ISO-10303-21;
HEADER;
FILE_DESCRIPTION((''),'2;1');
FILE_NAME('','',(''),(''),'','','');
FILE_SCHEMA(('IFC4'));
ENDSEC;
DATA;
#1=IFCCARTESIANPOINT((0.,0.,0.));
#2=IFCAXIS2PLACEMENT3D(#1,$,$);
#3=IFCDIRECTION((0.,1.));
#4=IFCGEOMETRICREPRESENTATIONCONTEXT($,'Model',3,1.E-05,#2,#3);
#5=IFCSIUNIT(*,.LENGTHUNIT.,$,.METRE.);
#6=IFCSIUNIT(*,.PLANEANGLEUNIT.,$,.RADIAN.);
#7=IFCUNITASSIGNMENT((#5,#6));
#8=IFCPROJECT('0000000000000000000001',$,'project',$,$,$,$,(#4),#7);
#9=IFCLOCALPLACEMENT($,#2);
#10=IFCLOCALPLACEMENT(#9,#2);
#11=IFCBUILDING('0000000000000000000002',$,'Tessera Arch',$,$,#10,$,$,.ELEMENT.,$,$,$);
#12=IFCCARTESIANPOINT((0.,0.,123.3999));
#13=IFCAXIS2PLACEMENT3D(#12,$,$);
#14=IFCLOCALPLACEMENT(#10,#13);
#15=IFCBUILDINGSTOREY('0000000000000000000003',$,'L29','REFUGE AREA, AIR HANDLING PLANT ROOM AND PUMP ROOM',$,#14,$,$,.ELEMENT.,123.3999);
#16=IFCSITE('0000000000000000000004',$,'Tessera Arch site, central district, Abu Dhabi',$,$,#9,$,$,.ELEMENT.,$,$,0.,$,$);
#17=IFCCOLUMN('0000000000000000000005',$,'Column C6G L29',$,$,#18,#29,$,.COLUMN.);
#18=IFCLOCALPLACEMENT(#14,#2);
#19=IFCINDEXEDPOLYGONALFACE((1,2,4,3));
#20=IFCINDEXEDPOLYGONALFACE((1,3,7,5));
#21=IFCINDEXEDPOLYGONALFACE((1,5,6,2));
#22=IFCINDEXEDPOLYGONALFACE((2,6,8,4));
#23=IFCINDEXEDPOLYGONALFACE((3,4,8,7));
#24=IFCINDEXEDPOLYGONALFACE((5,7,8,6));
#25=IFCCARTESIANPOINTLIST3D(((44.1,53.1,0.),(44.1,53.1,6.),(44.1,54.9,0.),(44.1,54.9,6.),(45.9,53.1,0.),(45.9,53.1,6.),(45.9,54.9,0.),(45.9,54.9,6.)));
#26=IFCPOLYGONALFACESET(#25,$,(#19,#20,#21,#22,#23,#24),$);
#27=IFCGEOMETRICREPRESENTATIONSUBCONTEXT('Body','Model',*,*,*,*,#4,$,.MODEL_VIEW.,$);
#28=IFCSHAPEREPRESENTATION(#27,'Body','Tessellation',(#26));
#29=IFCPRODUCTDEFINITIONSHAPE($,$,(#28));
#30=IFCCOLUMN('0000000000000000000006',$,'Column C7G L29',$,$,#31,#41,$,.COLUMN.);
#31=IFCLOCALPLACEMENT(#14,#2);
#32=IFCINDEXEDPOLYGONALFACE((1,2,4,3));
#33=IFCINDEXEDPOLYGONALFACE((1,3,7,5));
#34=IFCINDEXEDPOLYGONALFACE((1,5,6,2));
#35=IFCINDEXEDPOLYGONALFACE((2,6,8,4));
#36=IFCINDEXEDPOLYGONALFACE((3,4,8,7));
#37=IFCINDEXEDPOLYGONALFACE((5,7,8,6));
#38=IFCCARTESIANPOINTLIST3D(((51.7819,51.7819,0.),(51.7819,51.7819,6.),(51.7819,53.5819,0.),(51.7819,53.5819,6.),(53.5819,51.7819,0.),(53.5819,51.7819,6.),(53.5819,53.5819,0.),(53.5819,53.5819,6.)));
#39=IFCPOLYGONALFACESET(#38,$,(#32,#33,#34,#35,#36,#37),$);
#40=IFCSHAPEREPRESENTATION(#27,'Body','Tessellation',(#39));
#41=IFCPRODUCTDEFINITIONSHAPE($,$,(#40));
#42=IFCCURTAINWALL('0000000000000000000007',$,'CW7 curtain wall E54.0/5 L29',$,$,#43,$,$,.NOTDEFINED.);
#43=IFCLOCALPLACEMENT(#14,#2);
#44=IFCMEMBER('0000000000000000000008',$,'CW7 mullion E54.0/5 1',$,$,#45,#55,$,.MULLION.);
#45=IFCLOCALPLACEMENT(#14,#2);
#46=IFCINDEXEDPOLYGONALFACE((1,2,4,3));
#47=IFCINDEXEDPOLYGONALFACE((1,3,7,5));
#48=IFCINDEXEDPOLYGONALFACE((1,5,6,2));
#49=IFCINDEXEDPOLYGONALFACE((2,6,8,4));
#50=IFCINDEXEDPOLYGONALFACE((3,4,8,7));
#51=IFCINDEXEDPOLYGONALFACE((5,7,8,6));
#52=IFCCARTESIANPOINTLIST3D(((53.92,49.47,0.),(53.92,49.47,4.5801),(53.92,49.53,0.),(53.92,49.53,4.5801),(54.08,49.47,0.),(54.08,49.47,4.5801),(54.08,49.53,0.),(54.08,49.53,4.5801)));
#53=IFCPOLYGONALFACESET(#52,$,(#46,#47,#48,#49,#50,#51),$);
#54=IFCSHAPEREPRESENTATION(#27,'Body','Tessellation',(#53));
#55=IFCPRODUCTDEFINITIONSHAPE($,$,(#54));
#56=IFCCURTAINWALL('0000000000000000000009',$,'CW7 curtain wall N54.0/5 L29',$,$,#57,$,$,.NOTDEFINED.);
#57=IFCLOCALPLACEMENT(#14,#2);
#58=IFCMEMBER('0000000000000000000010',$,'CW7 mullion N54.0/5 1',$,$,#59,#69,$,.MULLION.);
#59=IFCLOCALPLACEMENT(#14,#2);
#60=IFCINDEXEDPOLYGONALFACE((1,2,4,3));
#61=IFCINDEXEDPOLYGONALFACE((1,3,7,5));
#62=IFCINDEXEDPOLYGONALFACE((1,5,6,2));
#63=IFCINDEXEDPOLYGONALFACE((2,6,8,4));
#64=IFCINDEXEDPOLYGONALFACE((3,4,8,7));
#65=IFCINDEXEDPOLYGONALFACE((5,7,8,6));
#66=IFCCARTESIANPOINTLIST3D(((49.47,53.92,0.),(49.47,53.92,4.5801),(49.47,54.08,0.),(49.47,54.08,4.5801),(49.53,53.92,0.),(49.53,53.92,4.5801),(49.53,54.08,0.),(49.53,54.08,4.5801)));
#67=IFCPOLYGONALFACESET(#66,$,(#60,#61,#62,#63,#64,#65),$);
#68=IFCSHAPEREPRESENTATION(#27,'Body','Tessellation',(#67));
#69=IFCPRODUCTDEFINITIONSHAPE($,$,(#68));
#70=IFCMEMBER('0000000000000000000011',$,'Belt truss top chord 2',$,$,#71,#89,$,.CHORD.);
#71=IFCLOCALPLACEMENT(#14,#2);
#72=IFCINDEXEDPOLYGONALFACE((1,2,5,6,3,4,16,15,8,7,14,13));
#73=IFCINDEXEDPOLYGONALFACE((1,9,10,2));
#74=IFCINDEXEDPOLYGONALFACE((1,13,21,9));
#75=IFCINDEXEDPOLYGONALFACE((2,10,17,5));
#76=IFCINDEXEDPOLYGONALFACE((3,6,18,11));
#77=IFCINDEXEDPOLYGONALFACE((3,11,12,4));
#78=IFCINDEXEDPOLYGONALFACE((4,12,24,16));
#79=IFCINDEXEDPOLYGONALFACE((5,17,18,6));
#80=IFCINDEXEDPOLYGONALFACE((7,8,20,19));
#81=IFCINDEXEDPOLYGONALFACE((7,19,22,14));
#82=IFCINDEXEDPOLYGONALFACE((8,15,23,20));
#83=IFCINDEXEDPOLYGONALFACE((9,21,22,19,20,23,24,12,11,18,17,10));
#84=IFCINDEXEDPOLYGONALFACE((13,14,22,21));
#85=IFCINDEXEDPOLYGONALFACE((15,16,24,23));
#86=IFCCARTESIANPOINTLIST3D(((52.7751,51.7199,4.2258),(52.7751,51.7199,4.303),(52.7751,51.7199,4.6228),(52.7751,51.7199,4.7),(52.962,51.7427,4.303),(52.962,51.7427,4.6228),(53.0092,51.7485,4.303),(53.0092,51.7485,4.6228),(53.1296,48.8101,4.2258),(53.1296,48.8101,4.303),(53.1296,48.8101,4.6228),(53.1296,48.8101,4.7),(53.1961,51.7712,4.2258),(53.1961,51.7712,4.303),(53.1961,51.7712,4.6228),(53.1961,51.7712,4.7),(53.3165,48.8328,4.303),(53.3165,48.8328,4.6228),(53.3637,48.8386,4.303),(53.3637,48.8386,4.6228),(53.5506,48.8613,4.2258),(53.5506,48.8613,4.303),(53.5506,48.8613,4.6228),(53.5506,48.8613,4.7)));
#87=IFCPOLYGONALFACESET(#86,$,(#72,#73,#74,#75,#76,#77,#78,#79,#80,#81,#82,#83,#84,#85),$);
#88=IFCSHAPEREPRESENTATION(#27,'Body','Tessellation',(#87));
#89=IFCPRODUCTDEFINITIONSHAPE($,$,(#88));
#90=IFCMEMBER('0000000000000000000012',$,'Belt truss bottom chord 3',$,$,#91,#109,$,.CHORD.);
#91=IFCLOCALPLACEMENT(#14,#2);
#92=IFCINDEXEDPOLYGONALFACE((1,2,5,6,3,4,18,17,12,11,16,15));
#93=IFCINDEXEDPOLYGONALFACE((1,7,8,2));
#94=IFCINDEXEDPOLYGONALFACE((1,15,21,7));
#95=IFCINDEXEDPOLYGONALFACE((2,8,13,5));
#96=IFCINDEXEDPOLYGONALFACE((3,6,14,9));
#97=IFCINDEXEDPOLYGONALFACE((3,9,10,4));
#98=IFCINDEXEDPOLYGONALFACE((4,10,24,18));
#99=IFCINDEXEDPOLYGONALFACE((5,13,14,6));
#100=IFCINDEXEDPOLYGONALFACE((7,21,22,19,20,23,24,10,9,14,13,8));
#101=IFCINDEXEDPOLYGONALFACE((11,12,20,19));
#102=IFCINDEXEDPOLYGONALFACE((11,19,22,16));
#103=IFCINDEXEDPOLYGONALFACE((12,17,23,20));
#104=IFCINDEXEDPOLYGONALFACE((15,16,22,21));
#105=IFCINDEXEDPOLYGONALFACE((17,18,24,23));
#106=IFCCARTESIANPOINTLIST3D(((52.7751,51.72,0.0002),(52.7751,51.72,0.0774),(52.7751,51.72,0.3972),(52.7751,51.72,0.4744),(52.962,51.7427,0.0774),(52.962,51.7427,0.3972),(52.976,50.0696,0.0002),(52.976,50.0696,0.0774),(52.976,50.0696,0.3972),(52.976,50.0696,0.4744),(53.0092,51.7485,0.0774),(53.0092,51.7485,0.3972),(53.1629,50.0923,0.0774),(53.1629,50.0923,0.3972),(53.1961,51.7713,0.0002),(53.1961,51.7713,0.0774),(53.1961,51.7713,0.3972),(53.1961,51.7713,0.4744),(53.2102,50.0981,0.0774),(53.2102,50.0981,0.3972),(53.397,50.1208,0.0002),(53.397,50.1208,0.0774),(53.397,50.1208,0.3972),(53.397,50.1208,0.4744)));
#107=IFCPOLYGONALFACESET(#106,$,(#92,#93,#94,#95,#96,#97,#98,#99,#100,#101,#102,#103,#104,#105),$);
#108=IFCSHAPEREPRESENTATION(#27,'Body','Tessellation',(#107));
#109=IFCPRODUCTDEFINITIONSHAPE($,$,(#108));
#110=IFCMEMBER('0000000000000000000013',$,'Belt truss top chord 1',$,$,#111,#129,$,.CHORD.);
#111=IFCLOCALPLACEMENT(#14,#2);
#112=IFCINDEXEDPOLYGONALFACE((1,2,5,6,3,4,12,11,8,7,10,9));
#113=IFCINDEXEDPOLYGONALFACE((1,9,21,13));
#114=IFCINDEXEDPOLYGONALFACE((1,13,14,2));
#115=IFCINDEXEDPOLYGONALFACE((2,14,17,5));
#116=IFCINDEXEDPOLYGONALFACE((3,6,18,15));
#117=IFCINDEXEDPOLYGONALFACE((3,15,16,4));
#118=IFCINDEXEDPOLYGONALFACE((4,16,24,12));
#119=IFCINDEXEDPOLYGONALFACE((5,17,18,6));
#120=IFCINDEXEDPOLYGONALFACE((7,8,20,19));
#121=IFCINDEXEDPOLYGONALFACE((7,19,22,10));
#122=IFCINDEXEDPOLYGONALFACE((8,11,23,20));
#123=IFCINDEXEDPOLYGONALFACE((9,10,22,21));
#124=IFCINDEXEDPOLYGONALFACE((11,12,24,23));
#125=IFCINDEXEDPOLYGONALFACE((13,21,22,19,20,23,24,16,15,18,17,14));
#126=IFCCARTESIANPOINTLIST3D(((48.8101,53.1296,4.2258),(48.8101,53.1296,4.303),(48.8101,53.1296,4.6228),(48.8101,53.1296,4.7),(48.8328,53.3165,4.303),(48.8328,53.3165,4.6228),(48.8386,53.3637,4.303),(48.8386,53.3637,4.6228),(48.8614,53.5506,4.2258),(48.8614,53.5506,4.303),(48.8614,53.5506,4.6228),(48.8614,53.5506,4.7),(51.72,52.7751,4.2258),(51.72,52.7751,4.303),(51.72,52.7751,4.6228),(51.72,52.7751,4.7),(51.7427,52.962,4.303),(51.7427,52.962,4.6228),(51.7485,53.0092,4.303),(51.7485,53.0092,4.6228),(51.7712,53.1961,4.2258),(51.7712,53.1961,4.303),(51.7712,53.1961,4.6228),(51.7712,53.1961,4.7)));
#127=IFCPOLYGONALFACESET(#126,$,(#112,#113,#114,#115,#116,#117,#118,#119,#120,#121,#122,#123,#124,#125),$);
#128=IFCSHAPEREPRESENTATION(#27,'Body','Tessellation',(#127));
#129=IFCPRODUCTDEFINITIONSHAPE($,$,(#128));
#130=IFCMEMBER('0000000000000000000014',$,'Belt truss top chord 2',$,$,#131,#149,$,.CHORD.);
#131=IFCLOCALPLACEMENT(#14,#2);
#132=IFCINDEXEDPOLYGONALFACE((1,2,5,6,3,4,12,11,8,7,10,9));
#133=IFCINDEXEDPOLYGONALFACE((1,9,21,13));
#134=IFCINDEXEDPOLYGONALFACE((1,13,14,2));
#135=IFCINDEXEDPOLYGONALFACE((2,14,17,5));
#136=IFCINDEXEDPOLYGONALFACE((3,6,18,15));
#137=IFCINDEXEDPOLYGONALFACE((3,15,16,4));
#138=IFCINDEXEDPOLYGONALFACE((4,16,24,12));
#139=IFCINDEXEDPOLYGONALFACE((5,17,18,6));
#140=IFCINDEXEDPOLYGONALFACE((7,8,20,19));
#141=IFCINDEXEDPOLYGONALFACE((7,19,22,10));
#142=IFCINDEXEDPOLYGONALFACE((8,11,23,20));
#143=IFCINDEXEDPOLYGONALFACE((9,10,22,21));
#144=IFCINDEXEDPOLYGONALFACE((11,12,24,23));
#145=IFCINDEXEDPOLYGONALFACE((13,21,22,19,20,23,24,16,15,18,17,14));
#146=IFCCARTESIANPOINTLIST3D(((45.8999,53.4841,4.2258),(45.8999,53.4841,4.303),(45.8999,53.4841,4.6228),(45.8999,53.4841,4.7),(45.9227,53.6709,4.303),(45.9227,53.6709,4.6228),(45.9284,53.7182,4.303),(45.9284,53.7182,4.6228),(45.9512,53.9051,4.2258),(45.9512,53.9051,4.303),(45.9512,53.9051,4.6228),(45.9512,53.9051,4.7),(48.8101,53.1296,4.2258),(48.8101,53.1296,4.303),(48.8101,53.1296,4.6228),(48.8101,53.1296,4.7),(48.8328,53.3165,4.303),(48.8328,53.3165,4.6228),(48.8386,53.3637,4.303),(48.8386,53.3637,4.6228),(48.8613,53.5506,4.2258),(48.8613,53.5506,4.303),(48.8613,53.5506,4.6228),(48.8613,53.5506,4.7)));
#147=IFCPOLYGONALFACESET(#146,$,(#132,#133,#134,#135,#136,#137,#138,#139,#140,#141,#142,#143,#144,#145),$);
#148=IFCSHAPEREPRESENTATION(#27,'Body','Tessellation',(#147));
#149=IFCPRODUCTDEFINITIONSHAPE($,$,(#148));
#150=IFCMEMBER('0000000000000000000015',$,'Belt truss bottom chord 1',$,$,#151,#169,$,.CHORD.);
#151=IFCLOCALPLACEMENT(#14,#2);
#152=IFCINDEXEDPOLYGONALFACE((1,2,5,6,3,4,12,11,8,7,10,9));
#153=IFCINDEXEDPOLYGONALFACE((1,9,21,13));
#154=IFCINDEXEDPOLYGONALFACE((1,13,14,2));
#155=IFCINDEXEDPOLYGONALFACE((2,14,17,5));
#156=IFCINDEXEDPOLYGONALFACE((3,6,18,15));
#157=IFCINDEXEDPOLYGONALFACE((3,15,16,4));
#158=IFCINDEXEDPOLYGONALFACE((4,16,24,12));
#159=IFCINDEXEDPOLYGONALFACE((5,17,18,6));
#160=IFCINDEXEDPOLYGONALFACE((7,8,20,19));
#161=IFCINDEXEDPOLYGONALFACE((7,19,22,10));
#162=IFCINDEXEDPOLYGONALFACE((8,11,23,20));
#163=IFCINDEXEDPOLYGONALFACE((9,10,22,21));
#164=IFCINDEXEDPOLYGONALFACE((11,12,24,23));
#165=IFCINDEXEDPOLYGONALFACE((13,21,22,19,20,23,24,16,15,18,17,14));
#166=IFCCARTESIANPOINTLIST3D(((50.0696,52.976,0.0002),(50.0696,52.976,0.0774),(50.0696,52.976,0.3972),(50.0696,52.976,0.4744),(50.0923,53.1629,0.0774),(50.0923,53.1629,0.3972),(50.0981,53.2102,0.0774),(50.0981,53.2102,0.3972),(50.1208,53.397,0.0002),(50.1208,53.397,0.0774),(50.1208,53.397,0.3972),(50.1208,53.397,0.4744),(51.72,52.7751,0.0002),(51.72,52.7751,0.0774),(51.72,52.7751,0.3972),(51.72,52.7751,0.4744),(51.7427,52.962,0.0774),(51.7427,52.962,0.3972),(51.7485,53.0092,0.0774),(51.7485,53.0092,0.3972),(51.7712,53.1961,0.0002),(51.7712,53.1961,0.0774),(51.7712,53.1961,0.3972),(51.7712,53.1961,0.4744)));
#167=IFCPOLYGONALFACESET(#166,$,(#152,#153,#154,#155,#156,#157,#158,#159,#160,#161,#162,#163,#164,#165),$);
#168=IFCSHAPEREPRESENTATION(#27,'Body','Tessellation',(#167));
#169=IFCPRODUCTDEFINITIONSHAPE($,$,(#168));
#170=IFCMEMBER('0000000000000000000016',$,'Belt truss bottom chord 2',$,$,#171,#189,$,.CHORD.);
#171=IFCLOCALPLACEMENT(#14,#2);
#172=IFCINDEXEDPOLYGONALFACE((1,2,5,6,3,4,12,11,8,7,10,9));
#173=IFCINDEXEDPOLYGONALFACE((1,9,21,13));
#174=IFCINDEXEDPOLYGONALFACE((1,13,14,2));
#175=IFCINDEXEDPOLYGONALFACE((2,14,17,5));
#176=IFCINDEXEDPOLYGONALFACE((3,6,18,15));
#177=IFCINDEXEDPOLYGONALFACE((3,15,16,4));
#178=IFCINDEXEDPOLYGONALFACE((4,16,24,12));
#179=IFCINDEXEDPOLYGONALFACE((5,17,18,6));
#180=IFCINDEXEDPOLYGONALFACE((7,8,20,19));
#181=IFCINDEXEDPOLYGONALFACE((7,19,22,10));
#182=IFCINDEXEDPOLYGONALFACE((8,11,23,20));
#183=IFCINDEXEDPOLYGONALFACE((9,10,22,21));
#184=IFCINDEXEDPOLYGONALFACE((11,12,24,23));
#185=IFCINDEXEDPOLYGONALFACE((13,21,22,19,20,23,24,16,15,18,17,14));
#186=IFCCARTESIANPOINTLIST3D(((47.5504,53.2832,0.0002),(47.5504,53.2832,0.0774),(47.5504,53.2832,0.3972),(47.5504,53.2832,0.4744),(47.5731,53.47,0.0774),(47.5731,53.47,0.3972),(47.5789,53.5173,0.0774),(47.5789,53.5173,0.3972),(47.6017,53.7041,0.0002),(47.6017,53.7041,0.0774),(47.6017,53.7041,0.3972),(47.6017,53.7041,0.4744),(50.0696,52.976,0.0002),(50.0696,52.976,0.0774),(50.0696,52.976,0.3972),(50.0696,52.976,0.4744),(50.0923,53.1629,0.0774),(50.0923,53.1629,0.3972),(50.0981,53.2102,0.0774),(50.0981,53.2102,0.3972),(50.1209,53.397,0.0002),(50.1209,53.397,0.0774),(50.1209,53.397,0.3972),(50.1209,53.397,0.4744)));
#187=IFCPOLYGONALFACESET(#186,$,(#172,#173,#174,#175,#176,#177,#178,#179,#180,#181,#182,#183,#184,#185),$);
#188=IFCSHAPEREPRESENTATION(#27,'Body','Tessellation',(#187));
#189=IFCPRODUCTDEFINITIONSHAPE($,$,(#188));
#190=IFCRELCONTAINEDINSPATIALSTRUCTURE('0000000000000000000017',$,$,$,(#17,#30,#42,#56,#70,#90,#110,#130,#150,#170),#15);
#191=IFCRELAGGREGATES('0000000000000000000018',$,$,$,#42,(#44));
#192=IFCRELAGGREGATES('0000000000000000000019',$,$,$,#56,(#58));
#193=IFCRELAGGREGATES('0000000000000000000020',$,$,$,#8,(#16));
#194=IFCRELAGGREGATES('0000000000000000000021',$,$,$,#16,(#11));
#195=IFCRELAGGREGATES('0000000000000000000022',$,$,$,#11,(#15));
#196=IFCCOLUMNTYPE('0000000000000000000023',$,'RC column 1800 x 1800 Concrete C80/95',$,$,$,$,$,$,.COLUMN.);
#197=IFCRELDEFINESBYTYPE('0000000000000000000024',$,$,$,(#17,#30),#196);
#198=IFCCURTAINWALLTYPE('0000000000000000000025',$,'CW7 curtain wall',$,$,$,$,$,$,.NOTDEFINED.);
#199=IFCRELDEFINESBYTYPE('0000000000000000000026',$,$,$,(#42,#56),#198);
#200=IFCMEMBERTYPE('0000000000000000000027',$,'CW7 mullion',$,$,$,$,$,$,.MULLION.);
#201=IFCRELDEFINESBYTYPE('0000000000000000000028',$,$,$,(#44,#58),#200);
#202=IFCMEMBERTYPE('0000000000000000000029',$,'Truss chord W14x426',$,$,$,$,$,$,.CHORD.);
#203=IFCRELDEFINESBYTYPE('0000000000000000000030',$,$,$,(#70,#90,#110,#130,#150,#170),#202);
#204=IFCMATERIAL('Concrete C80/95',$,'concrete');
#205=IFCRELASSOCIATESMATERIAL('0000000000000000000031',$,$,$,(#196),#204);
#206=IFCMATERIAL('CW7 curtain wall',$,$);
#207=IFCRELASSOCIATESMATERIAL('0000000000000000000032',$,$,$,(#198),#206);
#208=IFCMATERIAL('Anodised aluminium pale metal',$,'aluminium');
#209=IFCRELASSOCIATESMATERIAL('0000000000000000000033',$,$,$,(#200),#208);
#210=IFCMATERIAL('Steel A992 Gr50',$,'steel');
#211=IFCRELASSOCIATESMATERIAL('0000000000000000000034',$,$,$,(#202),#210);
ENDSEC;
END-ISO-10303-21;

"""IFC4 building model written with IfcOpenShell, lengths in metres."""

from ifc_helpers import new_model, si_unit, direction, frame, origin, origin_2d, place, context, subcontext, project, spatial, rectangle, i_section, extrude, material, material_profile, profile_set, type_object, element, aggregate, save


model = new_model("IFC4")

# Units and contexts
model_context = context("Model", 3, precision=1e-05, world=origin(), true_north=direction((0.0, 1.0)))
body_context = subcontext(model_context, "Body", "Model", "MODEL_VIEW")
ifc_project = project(units=[si_unit("LENGTHUNIT", "METRE"), si_unit("PLANEANGLEUNIT", "RADIAN")], contexts=[model_context])

# Site, building, storey
site_placement = place(None, origin())
site = spatial("IfcSite", under=ifc_project, at=site_placement, Name="Tessera Arch site, central district, Abu Dhabi", CompositionType="ELEMENT", RefElevation=0.0)
building_placement = place(site_placement, origin())
building = spatial("IfcBuilding", under=site, at=building_placement, Name="Tessera Arch", CompositionType="ELEMENT")
storey_placement = place(building_placement, frame((0.0, 0.0, 123.3999)))
storey = spatial("IfcBuildingStorey", under=building, at=storey_placement, Name="L29", Description="REFUGE AREA, AIR HANDLING PLANT ROOM AND PUMP ROOM", CompositionType="ELEMENT", Elevation=123.3999)

# Columns
ifc_material_1 = material(Name="Concrete C80/95", Category="concrete")
ifc_material_profile_1 = material_profile(ifc_material_1, rectangle(XDim=1.8, YDim=1.8, at=origin_2d()), Name="RC column 1800 x 1800 Concrete C80/95")
ifc_profile_set_1 = profile_set([ifc_material_profile_1], Name="Concrete C80/95")
column_type = type_object("IfcColumnType", Name="RC column 1800 x 1800 Concrete C80/95", PredefinedType="COLUMN", material=ifc_profile_set_1)
for number, where, z_axis, x_axis, name in (
    (1, (45.0, 54.0, 0.0), (0.0, 0.0, 1.0), (1.0, 0.0, 0.0), "Column C6G L29"),
    (2, (52.6819, 52.6819, 0.0), (0.0, 0.0, 1.0), (1.0, 0.0, 0.0), "Column C7G L29"),
):
    element("IfcColumn", number, at=place(storey_placement, frame(where, z_axis=z_axis, x_axis=x_axis)), inside=storey, type_object=column_type, Name=name, PredefinedType="COLUMN", context=body_context, shape_type="SweptSolid", body=[
        extrude(rectangle(XDim=1.8, YDim=1.8, at=origin_2d()), origin(), (0.0, 0.0, 1.0), 6.0),
    ])

# Curtain walls, members
ifc_material_2 = material(Name="CW7 curtain wall")
curtain_wall_type = type_object("IfcCurtainWallType", Name="CW7 curtain wall", PredefinedType="NOTDEFINED", material=ifc_material_2)
curtain_wall_1_placement = place(storey_placement, origin())
curtain_wall_1 = element("IfcCurtainWall", 3, at=curtain_wall_1_placement, inside=storey, type_object=curtain_wall_type, Name="CW7 curtain wall E54.0/5 L29", PredefinedType="NOTDEFINED")
ifc_material_3 = material(Name="Anodised aluminium pale metal", Category="aluminium")
ifc_material_profile_2 = material_profile(ifc_material_3, rectangle(XDim=0.1599, YDim=0.0601, at=origin_2d()), Name="AL 60x160")
ifc_profile_set_2 = profile_set([ifc_material_profile_2], Name="Anodised aluminium pale metal")
member_type_1 = type_object("IfcMemberType", Name="CW7 mullion", PredefinedType="MULLION", material=ifc_profile_set_2)
member_1_placement = place(storey_placement, frame((54.0, 49.5, 0.0), z_axis=(0.0, 0.0, 1.0), x_axis=(-1.0, 0.0, 0.0)))
member_1 = element("IfcMember", 4, at=member_1_placement, type_object=member_type_1, Name="CW7 mullion E54.0/5 1", PredefinedType="MULLION", context=body_context, shape_type="SweptSolid", body=[
    extrude(rectangle(XDim=0.1599, YDim=0.0601, at=origin_2d()), origin(), (0.0, 0.0, 1.0), 4.5801),
])
aggregate(curtain_wall_1, [member_1])
curtain_wall_2_placement = place(storey_placement, origin())
curtain_wall_2 = element("IfcCurtainWall", 5, at=curtain_wall_2_placement, inside=storey, type_object=curtain_wall_type, Name="CW7 curtain wall N54.0/5 L29", PredefinedType="NOTDEFINED")
member_2_placement = place(storey_placement, frame((49.5, 54.0, 0.0), z_axis=(0.0, 0.0, 1.0), x_axis=(0.0, -1.0, 0.0)))
member_2 = element("IfcMember", 6, at=member_2_placement, type_object=member_type_1, Name="CW7 mullion N54.0/5 1", PredefinedType="MULLION", context=body_context, shape_type="SweptSolid", body=[
    extrude(rectangle(XDim=0.1599, YDim=0.0601, at=origin_2d()), origin(), (0.0, 0.0, 1.0), 4.5801),
])

# Members
ifc_material_4 = material(Name="Steel A992 Gr50", Category="steel")
ifc_material_profile_3 = material_profile(ifc_material_4, i_section(OverallWidth=0.4241, OverallDepth=0.4741, WebThickness=0.0476, FlangeThickness=0.0771, at=origin_2d()), Name="W14x426")
ifc_profile_set_3 = profile_set([ifc_material_profile_3], Name="Steel A992 Gr50")
member_type_2 = type_object("IfcMemberType", Name="Truss chord W14x426", PredefinedType="CHORD", material=ifc_profile_set_3)
member_3_placement = place(storey_placement, frame((53.3401, 48.8357, 4.4629), z_axis=(-0.120928, 0.992661, 0.0), x_axis=(-0.992661, -0.120928, 0.0)))
element("IfcMember", 7, at=member_3_placement, inside=storey, type_object=member_type_2, Name="Belt truss top chord 2", PredefinedType="CHORD", context=body_context, shape_type="SweptSolid", body=[
    extrude(i_section(OverallWidth=0.4241, OverallDepth=0.4741, WebThickness=0.0476, FlangeThickness=0.0771, at=origin_2d()), origin(), (0.0, 0.0, 1.0), 2.9314),
])
member_4_placement = place(storey_placement, frame((53.1865, 50.0952, 0.2373), z_axis=(-0.120853, 0.99267, 0.0), x_axis=(-0.99267, -0.120853, 0.0)))
element("IfcMember", 8, at=member_4_placement, inside=storey, type_object=member_type_2, Name="Belt truss bottom chord 3", PredefinedType="CHORD", context=body_context, shape_type="SweptSolid", body=[
    extrude(i_section(OverallWidth=0.4241, OverallDepth=0.4741, WebThickness=0.0476, FlangeThickness=0.0771, at=origin_2d()), origin(), (0.0, 0.0, 1.0), 1.6626),
])
member_5_placement = place(storey_placement, frame((51.7456, 52.9856, 4.4629), z_axis=(-0.992661, 0.120928, 0.0), x_axis=(-0.120928, -0.992661, 0.0)))
element("IfcMember", 9, at=member_5_placement, inside=storey, type_object=member_type_2, Name="Belt truss top chord 1", PredefinedType="CHORD", context=body_context, shape_type="SweptSolid", body=[
    extrude(i_section(OverallWidth=0.4241, OverallDepth=0.4741, WebThickness=0.0476, FlangeThickness=0.0771, at=origin_2d()), origin(), (0.0, 0.0, 1.0), 2.9314),
])
member_6_placement = place(storey_placement, frame((48.8357, 53.3401, 4.4629), z_axis=(-0.992662, 0.120918, 0.0), x_axis=(-0.120918, -0.992662, 0.0)))
element("IfcMember", 10, at=member_6_placement, inside=storey, type_object=member_type_2, Name="Belt truss top chord 2", PredefinedType="CHORD", context=body_context, shape_type="SweptSolid", body=[
    extrude(i_section(OverallWidth=0.4241, OverallDepth=0.4741, WebThickness=0.0476, FlangeThickness=0.0771, at=origin_2d()), origin(), (0.0, 0.0, 1.0), 2.9316),
])
member_7_placement = place(storey_placement, frame((51.7456, 52.9856, 0.2373), z_axis=(-0.99267, 0.120853, 0.0), x_axis=(-0.120853, -0.99267, 0.0)))
element("IfcMember", 11, at=member_7_placement, inside=storey, type_object=member_type_2, Name="Belt truss bottom chord 1", PredefinedType="CHORD", context=body_context, shape_type="SweptSolid", body=[
    extrude(i_section(OverallWidth=0.4241, OverallDepth=0.4741, WebThickness=0.0476, FlangeThickness=0.0771, at=origin_2d()), origin(), (0.0, 0.0, 1.0), 1.6626),
])
member_8_placement = place(storey_placement, frame((50.0952, 53.1865, 0.2373), z_axis=(-0.992651, 0.121015, 0.0), x_axis=(-0.121015, -0.992651, 0.0)))
element("IfcMember", 12, at=member_8_placement, inside=storey, type_object=member_type_2, Name="Belt truss bottom chord 2", PredefinedType="CHORD", context=body_context, shape_type="SweptSolid", body=[
    extrude(i_section(OverallWidth=0.4241, OverallDepth=0.4741, WebThickness=0.0476, FlangeThickness=0.0771, at=origin_2d()), origin(), (0.0, 0.0, 1.0), 2.5378),
])

aggregate(curtain_wall_2, [member_2])

save(model, "model.ifc")
